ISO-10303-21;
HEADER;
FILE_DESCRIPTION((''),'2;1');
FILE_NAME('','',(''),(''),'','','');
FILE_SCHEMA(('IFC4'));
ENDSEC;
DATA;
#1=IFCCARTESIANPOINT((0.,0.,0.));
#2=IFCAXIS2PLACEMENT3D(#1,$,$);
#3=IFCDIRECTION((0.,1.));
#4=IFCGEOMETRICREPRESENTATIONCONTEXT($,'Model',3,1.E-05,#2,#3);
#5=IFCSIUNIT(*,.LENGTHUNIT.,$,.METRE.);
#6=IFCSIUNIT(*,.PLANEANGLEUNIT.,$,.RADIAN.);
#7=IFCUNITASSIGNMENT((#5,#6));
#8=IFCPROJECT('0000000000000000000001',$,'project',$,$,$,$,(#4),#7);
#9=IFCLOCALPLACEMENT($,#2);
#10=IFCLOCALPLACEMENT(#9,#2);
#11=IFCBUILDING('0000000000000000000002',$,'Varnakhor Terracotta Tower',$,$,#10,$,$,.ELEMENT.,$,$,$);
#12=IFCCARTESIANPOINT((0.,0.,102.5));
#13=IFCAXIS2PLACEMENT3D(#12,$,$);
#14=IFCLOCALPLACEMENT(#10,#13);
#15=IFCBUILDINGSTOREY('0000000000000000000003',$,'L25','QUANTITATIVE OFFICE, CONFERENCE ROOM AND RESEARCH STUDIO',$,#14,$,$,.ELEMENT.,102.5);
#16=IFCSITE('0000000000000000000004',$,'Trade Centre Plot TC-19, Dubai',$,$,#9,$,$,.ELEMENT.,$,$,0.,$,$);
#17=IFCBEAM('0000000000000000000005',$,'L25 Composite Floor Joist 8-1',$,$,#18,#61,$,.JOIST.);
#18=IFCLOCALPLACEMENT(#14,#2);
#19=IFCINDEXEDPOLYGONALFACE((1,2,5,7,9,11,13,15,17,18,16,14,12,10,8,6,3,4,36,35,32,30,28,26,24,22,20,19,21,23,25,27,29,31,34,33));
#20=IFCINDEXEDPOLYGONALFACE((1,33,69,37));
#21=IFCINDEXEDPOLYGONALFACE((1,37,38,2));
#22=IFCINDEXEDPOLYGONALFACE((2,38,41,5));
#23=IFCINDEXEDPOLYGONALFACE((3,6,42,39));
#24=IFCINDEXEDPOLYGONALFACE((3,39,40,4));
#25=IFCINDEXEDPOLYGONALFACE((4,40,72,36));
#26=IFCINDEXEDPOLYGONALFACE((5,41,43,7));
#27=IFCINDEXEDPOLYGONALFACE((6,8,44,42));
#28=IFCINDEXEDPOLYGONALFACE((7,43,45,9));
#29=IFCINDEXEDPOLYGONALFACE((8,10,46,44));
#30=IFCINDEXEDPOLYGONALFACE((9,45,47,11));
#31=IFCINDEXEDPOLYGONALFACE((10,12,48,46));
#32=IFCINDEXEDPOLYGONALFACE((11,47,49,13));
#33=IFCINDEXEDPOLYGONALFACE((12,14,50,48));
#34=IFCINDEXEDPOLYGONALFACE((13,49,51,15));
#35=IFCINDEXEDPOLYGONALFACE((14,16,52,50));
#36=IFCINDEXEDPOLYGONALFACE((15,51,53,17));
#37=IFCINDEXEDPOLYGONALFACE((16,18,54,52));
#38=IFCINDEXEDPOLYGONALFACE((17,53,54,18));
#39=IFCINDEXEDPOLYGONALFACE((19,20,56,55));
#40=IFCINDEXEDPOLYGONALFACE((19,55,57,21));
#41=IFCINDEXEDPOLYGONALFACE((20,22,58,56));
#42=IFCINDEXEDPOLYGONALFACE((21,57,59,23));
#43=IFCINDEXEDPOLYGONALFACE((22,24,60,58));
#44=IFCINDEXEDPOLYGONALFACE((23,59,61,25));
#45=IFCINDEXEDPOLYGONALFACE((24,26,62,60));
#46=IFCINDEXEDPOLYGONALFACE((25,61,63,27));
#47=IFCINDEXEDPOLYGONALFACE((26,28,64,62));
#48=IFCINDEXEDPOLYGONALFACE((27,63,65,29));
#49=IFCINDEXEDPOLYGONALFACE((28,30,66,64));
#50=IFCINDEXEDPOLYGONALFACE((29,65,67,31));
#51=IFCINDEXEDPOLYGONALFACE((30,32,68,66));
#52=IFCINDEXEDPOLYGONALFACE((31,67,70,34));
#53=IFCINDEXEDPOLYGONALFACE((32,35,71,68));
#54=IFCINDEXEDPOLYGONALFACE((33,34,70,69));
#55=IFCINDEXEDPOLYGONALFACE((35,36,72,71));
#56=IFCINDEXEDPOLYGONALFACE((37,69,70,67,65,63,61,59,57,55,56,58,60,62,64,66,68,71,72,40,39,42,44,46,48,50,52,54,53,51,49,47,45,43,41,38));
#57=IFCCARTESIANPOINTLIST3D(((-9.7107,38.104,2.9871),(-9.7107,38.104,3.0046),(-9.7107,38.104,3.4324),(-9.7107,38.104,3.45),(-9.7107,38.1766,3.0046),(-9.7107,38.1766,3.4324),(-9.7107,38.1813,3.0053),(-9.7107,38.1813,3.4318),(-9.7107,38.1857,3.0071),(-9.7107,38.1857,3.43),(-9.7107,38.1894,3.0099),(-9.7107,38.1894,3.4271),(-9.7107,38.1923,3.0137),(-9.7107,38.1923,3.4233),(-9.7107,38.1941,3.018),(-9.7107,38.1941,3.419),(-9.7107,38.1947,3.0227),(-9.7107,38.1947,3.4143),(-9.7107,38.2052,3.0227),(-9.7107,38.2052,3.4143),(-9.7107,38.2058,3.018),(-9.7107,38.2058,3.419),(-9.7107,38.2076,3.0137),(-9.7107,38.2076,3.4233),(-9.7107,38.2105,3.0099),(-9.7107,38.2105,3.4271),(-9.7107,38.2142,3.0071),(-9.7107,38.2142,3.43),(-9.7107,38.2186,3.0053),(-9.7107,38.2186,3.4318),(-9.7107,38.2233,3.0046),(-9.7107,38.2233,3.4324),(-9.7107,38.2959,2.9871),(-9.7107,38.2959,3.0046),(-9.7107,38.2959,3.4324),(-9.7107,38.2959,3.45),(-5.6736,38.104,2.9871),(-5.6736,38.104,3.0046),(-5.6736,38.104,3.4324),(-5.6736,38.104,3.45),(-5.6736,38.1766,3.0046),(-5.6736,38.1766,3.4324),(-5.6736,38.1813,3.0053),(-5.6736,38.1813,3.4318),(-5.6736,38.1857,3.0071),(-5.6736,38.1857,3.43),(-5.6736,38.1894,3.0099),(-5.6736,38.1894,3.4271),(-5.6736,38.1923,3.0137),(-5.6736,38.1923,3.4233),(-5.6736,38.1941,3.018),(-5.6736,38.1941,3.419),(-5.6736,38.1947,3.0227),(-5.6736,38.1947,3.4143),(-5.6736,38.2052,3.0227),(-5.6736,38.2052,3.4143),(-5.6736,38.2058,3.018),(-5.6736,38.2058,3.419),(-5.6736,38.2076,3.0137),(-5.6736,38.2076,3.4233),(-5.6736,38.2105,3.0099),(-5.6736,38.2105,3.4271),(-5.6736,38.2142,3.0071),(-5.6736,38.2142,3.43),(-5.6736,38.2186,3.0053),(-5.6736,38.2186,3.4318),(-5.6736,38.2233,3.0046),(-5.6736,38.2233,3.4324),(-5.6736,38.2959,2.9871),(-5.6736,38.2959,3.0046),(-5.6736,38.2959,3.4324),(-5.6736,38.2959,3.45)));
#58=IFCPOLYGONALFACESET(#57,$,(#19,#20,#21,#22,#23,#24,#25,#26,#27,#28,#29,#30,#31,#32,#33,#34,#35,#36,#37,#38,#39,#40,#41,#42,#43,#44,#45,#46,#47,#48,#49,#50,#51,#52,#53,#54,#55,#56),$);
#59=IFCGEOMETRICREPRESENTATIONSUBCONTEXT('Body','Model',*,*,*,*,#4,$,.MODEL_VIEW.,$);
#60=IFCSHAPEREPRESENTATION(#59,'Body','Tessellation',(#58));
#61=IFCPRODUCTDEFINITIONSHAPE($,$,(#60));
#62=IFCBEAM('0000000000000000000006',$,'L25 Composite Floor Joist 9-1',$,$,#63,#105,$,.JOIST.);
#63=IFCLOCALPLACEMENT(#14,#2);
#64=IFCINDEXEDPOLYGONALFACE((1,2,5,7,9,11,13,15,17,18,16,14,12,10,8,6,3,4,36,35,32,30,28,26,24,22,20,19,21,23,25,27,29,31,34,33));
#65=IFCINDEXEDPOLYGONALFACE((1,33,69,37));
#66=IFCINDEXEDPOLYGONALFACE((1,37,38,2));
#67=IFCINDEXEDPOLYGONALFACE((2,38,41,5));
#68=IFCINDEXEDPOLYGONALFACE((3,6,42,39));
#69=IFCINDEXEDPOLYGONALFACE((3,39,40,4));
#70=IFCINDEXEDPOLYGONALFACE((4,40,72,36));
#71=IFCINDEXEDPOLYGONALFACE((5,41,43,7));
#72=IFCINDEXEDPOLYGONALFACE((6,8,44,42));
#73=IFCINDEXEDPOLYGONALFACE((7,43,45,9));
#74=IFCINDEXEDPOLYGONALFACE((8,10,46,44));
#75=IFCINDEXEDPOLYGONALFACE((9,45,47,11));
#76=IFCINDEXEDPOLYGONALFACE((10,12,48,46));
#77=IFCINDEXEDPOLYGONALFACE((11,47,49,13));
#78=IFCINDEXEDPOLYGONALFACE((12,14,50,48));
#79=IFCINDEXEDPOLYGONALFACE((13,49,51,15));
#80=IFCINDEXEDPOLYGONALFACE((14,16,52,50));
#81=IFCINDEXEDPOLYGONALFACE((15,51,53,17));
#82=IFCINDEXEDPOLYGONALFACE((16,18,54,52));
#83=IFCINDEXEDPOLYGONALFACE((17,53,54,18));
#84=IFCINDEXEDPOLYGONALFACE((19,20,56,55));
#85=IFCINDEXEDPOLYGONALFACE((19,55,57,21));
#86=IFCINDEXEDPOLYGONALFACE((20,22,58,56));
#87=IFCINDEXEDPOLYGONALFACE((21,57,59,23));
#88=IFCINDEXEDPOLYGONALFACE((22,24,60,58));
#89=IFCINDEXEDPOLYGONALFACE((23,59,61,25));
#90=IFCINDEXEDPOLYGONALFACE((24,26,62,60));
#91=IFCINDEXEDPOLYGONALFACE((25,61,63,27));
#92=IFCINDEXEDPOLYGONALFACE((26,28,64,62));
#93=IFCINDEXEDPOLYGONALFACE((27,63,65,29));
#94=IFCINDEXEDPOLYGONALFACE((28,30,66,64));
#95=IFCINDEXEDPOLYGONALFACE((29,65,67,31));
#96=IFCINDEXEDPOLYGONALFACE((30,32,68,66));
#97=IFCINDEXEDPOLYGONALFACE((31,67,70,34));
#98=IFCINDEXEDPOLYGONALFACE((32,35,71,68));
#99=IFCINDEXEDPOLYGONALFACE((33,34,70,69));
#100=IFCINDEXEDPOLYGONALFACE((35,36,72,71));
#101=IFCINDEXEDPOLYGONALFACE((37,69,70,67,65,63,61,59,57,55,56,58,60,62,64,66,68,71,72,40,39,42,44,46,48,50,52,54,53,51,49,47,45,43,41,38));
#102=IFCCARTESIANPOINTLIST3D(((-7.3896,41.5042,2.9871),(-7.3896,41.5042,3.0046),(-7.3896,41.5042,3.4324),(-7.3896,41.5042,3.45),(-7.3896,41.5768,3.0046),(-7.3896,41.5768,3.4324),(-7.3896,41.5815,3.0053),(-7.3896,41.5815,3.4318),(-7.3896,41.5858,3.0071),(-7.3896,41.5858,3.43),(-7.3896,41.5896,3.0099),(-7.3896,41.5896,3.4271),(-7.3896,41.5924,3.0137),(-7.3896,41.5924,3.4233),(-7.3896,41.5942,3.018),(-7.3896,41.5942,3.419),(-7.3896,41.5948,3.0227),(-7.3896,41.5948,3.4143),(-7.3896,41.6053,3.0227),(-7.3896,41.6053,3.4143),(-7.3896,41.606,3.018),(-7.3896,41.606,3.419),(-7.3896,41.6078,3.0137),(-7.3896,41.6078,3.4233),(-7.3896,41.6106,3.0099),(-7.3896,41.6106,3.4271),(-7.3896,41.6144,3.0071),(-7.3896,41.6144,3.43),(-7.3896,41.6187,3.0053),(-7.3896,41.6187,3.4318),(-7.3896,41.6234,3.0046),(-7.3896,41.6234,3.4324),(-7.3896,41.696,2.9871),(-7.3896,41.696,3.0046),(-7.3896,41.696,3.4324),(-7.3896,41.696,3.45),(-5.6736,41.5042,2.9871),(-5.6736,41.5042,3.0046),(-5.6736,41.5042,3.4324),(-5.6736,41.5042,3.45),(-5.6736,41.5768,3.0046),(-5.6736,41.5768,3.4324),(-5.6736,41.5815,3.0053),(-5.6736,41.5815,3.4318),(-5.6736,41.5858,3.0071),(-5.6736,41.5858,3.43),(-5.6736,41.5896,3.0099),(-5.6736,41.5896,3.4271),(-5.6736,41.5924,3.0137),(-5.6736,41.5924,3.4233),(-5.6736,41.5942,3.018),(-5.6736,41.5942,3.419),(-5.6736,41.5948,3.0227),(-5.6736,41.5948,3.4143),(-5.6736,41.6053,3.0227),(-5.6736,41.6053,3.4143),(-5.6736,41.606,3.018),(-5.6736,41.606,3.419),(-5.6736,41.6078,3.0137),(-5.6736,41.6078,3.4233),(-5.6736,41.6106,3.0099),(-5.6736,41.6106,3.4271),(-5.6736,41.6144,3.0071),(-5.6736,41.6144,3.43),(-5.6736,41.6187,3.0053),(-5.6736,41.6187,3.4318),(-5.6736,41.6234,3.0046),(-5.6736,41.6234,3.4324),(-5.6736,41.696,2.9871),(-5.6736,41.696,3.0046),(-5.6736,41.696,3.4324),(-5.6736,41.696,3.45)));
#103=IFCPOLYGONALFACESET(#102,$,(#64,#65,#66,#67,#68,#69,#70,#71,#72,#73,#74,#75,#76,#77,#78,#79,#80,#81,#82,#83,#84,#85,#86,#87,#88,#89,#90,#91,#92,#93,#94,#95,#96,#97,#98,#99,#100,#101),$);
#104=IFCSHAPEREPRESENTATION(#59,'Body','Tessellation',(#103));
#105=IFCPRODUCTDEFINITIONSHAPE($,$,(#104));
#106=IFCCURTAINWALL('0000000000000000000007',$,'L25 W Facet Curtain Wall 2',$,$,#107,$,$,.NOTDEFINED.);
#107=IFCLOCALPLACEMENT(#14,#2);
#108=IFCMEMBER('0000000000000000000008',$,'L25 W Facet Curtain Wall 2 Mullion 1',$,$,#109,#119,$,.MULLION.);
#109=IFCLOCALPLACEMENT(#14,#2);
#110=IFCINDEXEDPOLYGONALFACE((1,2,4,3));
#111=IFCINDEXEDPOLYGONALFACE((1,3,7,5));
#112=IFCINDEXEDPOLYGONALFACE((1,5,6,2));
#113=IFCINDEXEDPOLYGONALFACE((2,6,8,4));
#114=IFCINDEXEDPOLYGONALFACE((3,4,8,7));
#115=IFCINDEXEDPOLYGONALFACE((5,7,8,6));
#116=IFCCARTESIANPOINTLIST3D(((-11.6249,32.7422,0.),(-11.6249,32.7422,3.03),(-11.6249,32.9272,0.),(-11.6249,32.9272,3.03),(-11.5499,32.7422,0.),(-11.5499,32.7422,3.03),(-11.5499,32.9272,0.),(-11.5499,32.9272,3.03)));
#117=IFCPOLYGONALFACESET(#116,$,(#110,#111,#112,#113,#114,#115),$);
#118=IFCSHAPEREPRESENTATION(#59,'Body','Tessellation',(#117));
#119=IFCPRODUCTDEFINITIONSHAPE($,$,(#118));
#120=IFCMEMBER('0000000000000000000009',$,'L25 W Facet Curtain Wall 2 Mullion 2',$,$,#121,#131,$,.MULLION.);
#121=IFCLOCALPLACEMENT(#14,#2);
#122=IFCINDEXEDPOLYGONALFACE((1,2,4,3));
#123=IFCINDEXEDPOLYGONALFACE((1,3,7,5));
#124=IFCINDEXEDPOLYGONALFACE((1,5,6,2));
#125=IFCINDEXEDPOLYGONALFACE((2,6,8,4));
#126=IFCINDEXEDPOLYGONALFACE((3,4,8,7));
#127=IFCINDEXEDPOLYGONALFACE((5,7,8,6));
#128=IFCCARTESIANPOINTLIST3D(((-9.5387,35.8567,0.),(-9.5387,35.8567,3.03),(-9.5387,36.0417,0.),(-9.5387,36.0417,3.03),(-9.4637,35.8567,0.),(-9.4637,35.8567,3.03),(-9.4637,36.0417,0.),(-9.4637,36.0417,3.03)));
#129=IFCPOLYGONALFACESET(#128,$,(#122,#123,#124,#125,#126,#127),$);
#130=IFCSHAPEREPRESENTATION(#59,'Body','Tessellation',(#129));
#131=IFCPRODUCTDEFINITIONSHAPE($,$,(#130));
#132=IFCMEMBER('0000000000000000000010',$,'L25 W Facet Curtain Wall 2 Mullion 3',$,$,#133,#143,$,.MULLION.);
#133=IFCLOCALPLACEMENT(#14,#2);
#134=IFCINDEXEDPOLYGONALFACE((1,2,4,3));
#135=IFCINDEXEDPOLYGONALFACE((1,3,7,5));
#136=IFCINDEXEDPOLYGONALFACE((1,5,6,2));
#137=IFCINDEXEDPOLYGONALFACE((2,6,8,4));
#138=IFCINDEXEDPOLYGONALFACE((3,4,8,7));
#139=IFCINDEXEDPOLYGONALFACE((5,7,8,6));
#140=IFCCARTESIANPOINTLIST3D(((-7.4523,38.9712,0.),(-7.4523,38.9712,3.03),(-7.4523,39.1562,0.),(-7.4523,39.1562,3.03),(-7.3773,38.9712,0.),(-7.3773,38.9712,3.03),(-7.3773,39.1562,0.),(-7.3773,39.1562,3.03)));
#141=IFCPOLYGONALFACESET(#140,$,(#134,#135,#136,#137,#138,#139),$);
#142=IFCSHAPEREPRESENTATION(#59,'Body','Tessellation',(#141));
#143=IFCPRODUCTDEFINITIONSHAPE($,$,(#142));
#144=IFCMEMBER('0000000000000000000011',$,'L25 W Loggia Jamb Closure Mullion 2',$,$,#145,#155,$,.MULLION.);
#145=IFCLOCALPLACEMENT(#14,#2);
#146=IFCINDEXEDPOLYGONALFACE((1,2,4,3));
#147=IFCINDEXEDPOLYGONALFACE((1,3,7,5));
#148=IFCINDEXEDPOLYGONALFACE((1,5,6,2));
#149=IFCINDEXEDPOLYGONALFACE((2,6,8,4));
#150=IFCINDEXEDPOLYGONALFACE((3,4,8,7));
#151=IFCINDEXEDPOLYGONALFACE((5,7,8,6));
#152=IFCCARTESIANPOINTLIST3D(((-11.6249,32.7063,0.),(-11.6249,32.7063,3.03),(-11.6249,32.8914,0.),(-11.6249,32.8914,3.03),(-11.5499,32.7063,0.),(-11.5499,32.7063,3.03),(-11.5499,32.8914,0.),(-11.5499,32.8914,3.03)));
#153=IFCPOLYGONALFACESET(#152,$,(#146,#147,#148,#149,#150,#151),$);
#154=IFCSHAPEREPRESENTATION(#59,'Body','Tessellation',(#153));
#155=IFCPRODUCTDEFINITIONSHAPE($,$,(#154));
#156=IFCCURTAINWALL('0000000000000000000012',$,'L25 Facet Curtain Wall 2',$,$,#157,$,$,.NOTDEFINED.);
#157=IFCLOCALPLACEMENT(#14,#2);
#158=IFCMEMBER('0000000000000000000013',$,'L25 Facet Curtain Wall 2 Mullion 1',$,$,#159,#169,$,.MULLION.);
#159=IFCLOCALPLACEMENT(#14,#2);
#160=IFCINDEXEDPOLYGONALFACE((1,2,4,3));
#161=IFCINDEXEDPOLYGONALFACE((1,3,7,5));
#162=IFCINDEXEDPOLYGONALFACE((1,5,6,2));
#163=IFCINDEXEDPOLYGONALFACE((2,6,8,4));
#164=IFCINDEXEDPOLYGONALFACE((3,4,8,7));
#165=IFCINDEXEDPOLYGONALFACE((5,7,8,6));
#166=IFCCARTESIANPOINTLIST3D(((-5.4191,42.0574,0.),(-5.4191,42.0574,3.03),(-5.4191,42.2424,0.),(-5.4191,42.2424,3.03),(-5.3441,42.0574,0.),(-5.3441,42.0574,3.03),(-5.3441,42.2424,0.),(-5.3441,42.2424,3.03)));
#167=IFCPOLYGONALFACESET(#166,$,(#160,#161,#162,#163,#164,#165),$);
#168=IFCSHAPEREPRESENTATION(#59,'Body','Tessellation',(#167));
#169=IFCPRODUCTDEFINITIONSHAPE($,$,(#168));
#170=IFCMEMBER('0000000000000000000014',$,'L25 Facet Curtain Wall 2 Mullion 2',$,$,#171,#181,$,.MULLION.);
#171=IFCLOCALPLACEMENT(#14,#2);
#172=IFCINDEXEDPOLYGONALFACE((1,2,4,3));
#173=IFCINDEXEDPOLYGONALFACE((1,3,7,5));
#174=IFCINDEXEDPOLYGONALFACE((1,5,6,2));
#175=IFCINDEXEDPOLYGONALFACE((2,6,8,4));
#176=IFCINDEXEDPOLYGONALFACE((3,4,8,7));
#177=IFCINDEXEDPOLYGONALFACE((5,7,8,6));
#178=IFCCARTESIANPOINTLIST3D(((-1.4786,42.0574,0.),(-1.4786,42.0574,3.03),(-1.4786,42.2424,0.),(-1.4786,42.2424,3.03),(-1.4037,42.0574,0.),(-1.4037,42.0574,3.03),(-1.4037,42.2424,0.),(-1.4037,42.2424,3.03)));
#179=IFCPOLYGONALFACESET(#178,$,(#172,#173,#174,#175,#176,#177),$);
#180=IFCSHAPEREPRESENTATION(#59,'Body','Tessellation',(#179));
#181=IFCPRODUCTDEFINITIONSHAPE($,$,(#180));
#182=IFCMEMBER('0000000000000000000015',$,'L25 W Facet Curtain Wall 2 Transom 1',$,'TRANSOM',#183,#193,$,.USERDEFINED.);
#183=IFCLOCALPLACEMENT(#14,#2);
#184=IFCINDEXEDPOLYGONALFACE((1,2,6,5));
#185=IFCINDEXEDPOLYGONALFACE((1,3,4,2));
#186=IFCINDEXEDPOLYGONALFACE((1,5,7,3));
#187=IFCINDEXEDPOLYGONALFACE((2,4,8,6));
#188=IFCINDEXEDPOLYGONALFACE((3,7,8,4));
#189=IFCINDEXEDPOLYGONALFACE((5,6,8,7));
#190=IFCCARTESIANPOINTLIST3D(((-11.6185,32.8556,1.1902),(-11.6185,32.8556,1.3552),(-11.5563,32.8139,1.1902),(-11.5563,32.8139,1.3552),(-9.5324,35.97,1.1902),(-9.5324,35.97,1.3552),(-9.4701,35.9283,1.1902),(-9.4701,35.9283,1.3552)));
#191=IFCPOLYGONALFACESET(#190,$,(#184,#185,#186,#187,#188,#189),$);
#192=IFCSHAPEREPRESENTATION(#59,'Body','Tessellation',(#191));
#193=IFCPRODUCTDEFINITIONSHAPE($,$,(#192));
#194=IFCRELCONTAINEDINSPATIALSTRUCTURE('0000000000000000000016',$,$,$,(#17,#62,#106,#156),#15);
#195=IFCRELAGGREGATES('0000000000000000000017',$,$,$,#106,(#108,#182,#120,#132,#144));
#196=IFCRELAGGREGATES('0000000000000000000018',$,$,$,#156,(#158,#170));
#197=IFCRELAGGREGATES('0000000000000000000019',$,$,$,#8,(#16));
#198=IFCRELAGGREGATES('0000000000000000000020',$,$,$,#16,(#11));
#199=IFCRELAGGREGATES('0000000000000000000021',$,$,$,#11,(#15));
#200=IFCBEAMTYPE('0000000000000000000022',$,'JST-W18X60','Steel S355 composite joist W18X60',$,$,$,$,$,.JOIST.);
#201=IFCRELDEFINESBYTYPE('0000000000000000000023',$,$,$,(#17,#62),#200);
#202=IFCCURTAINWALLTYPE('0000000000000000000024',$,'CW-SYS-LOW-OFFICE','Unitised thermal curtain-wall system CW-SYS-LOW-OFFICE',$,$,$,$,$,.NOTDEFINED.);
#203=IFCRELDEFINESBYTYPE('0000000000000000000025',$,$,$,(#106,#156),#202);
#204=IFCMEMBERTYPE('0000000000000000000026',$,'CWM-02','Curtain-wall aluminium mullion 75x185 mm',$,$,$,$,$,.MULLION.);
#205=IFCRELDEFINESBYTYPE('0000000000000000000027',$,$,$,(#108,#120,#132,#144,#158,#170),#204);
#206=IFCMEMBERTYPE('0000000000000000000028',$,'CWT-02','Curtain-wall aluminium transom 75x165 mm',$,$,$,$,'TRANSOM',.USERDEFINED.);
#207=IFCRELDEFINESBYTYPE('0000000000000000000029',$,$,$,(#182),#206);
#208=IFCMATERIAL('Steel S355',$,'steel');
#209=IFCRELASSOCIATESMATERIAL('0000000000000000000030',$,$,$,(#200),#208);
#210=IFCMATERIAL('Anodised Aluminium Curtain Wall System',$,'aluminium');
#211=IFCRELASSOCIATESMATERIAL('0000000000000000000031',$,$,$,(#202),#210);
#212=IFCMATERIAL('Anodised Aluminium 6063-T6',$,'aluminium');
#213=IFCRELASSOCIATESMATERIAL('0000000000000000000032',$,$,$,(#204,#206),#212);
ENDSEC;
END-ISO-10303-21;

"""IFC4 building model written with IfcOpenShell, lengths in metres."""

from ifc_helpers import new_model, si_unit, direction, frame, origin, origin_2d, place, context, subcontext, project, spatial, rectangle, i_section, extrude, source, transform, mapped, material, material_profile, profile_set, type_object, type_shapes, element, aggregate, save


model = new_model("IFC4")

# Units and contexts
model_context = context("Model", 3, precision=1e-05, world=origin(), true_north=direction((0.0, 1.0)))
body_context = subcontext(model_context, "Body", "Model", "MODEL_VIEW")
ifc_project = project(units=[si_unit("LENGTHUNIT", "METRE"), si_unit("PLANEANGLEUNIT", "RADIAN")], contexts=[model_context])

# Site, building, storey
site_placement = place(None, origin())
site = spatial("IfcSite", under=ifc_project, at=site_placement, Name="Trade Centre Plot TC-19, Dubai", CompositionType="ELEMENT", RefElevation=0.0)
building_placement = place(site_placement, origin())
building = spatial("IfcBuilding", under=site, at=building_placement, Name="Varnakhor Terracotta Tower", CompositionType="ELEMENT")
storey_placement = place(building_placement, frame((0.0, 0.0, 102.5)))
storey = spatial("IfcBuildingStorey", under=building, at=storey_placement, Name="L25", Description="QUANTITATIVE OFFICE, CONFERENCE ROOM AND RESEARCH STUDIO", CompositionType="ELEMENT", Elevation=102.5)

# Beams
ifc_material_1 = material(Name="Steel S355", Category="steel")
ifc_material_profile_1 = material_profile(ifc_material_1, i_section(OverallWidth=0.1919, OverallDepth=0.4629, WebThickness=0.0105, FlangeThickness=0.0176, FilletRadius=0.0181, at=origin_2d()), Name="W18X60")
ifc_profile_set_1 = profile_set([ifc_material_profile_1], Name="Steel S355")
beam_type_1 = type_object("IfcBeamType", Name="JST-W18X60", Description="Steel S355 composite joist W18X60", PredefinedType="JOIST", material=ifc_profile_set_1)
shared_shape_1 = source(origin(), body_context, "Body", "SweptSolid", [
    extrude(i_section(OverallWidth=0.1919, OverallDepth=0.4629, WebThickness=0.0105, FlangeThickness=0.0176, FilletRadius=0.0181, at=origin_2d()), origin(), (0.0, 0.0, 1.0), 4.0371),
])
beam_1_placement = place(storey_placement, frame((-9.7107, 38.2, 3.2185), z_axis=(1.0, 0.0, 0.0), x_axis=(0.0, 1.0, 0.0)))
element("IfcBeam", 1, at=beam_1_placement, inside=storey, type_object=beam_type_1, Name="L25 Composite Floor Joist 8-1", PredefinedType="JOIST", context=body_context, shape_type="MappedRepresentation", body=[
    mapped(shared_shape_1, transform((0.0, 0.0, 0.0), scale=1.0)),
])
shared_shape_2 = source(origin(), body_context, "Body", "SweptSolid", [
    extrude(i_section(OverallWidth=0.1919, OverallDepth=0.4629, WebThickness=0.0105, FlangeThickness=0.0176, FilletRadius=0.0181, at=origin_2d()), origin(), (0.0, 0.0, 1.0), 1.7161),
])
beam_2_placement = place(storey_placement, frame((-7.3896, 41.6001, 3.2185), z_axis=(1.0, 0.0, 0.0), x_axis=(0.0, 1.0, 0.0)))
element("IfcBeam", 2, at=beam_2_placement, inside=storey, type_object=beam_type_1, Name="L25 Composite Floor Joist 9-1", PredefinedType="JOIST", context=body_context, shape_type="MappedRepresentation", body=[
    mapped(shared_shape_2, transform((0.0, 0.0, 0.0), scale=1.0)),
])

# Curtain walls, members
ifc_material_2 = material(Name="Anodised Aluminium Curtain Wall System", Category="aluminium")
curtain_wall_type = type_object("IfcCurtainWallType", Name="CW-SYS-LOW-OFFICE", Description="Unitised thermal curtain-wall system CW-SYS-LOW-OFFICE", PredefinedType="NOTDEFINED", material=ifc_material_2)
curtain_wall_1_placement = place(storey_placement, origin())
curtain_wall_1 = element("IfcCurtainWall", 3, at=curtain_wall_1_placement, inside=storey, type_object=curtain_wall_type, Name="L25 W Facet Curtain Wall 2", PredefinedType="NOTDEFINED")
ifc_material_3 = material(Name="Anodised Aluminium 6063-T6", Category="aluminium")
ifc_material_profile_2 = material_profile(ifc_material_3, rectangle(XDim=0.075, YDim=0.1851, at=origin_2d()), Name="ALU MULLION 75x185")
ifc_profile_set_2 = profile_set([ifc_material_profile_2], Name="Anodised Aluminium 6063-T6")
member_type_1 = type_object("IfcMemberType", Name="CWM-02", Description="Curtain-wall aluminium mullion 75x185 mm", PredefinedType="MULLION", material=ifc_profile_set_2)
shared_shape_3 = source(origin(), body_context, "Body", "SweptSolid", [
    extrude(rectangle(XDim=0.075, YDim=0.1851, at=origin_2d()), origin(), (0.0, 0.0, 1.0), 3.03),
])
type_shapes(member_type_1, [shared_shape_3])
member_1_placement = place(storey_placement, frame((-11.5874, 32.8347, 0.0), z_axis=(0.0, 0.0, 1.0), x_axis=(1.0, 0.0, 0.0)))
member_1 = element("IfcMember", 4, at=member_1_placement, type_object=member_type_1, Name="L25 W Facet Curtain Wall 2 Mullion 1", PredefinedType="MULLION", context=body_context, shape_type="MappedRepresentation", body=[
    mapped(shared_shape_3, transform((0.0, 0.0, 0.0), scale=1.0)),
])
member_2_placement = place(storey_placement, frame((-9.5012, 35.9492, 0.0), z_axis=(0.0, 0.0, 1.0), x_axis=(1.0, 0.0, 0.0)))
member_2 = element("IfcMember", 5, at=member_2_placement, type_object=member_type_1, Name="L25 W Facet Curtain Wall 2 Mullion 2", PredefinedType="MULLION", context=body_context, shape_type="MappedRepresentation", body=[
    mapped(shared_shape_3, transform((0.0, 0.0, 0.0), scale=1.0)),
])
member_3_placement = place(storey_placement, frame((-7.4148, 39.0637, 0.0), z_axis=(0.0, 0.0, 1.0), x_axis=(1.0, 0.0, 0.0)))
member_3 = element("IfcMember", 6, at=member_3_placement, type_object=member_type_1, Name="L25 W Facet Curtain Wall 2 Mullion 3", PredefinedType="MULLION", context=body_context, shape_type="MappedRepresentation", body=[
    mapped(shared_shape_3, transform((0.0, 0.0, 0.0), scale=1.0)),
])
member_4_placement = place(storey_placement, frame((-11.5874, 32.7988, 0.0), z_axis=(0.0, 0.0, 1.0), x_axis=(1.0, 0.0, 0.0)))
member_4 = element("IfcMember", 7, at=member_4_placement, type_object=member_type_1, Name="L25 W Loggia Jamb Closure Mullion 2", PredefinedType="MULLION", context=body_context, shape_type="MappedRepresentation", body=[
    mapped(shared_shape_3, transform((0.0, 0.0, 0.0), scale=1.0)),
])
curtain_wall_2_placement = place(storey_placement, origin())
curtain_wall_2 = element("IfcCurtainWall", 8, at=curtain_wall_2_placement, inside=storey, type_object=curtain_wall_type, Name="L25 Facet Curtain Wall 2", PredefinedType="NOTDEFINED")
member_5_placement = place(storey_placement, frame((-5.3816, 42.1499, 0.0), z_axis=(0.0, 0.0, 1.0), x_axis=(1.0, 0.0, 0.0)))
member_5 = element("IfcMember", 9, at=member_5_placement, type_object=member_type_1, Name="L25 Facet Curtain Wall 2 Mullion 1", PredefinedType="MULLION", context=body_context, shape_type="MappedRepresentation", body=[
    mapped(shared_shape_3, transform((0.0, 0.0, 0.0), scale=1.0)),
])
member_6_placement = place(storey_placement, frame((-1.4412, 42.1499, 0.0), z_axis=(0.0, 0.0, 1.0), x_axis=(1.0, 0.0, 0.0)))
member_6 = element("IfcMember", 10, at=member_6_placement, type_object=member_type_1, Name="L25 Facet Curtain Wall 2 Mullion 2", PredefinedType="MULLION", context=body_context, shape_type="MappedRepresentation", body=[
    mapped(shared_shape_3, transform((0.0, 0.0, 0.0), scale=1.0)),
])

# Member
ifc_material_profile_3 = material_profile(ifc_material_3, rectangle(XDim=0.075, YDim=0.165, at=origin_2d()), Name="ALU TRANSOM 75x165")
ifc_profile_set_3 = profile_set([ifc_material_profile_3], Name="Anodised Aluminium 6063-T6")
member_type_2 = type_object("IfcMemberType", Name="CWT-02", Description="Curtain-wall aluminium transom 75x165 mm", ElementType="TRANSOM", PredefinedType="USERDEFINED", material=ifc_profile_set_3)
shared_shape_4 = source(origin(), body_context, "Body", "SweptSolid", [
    extrude(rectangle(XDim=0.075, YDim=0.165, at=origin_2d()), origin(), (0.0, 0.0, 1.0), 3.7485),
])
member_7_placement = place(storey_placement, frame((-11.5874, 32.8347, 1.2727), z_axis=(0.556517, 0.830836, 0.0), x_axis=(-0.830836, 0.556517, 0.0)))
member_7 = element("IfcMember", 11, at=member_7_placement, type_object=member_type_2, Name="L25 W Facet Curtain Wall 2 Transom 1", ObjectType="TRANSOM", PredefinedType="USERDEFINED", context=body_context, shape_type="MappedRepresentation", body=[
    mapped(shared_shape_4, transform((0.0, 0.0, 0.0), scale=1.0)),
])

aggregate(curtain_wall_1, [member_1, member_7, member_2, member_3, member_4])
aggregate(curtain_wall_2, [member_5, member_6])

save(model, "model.ifc")
